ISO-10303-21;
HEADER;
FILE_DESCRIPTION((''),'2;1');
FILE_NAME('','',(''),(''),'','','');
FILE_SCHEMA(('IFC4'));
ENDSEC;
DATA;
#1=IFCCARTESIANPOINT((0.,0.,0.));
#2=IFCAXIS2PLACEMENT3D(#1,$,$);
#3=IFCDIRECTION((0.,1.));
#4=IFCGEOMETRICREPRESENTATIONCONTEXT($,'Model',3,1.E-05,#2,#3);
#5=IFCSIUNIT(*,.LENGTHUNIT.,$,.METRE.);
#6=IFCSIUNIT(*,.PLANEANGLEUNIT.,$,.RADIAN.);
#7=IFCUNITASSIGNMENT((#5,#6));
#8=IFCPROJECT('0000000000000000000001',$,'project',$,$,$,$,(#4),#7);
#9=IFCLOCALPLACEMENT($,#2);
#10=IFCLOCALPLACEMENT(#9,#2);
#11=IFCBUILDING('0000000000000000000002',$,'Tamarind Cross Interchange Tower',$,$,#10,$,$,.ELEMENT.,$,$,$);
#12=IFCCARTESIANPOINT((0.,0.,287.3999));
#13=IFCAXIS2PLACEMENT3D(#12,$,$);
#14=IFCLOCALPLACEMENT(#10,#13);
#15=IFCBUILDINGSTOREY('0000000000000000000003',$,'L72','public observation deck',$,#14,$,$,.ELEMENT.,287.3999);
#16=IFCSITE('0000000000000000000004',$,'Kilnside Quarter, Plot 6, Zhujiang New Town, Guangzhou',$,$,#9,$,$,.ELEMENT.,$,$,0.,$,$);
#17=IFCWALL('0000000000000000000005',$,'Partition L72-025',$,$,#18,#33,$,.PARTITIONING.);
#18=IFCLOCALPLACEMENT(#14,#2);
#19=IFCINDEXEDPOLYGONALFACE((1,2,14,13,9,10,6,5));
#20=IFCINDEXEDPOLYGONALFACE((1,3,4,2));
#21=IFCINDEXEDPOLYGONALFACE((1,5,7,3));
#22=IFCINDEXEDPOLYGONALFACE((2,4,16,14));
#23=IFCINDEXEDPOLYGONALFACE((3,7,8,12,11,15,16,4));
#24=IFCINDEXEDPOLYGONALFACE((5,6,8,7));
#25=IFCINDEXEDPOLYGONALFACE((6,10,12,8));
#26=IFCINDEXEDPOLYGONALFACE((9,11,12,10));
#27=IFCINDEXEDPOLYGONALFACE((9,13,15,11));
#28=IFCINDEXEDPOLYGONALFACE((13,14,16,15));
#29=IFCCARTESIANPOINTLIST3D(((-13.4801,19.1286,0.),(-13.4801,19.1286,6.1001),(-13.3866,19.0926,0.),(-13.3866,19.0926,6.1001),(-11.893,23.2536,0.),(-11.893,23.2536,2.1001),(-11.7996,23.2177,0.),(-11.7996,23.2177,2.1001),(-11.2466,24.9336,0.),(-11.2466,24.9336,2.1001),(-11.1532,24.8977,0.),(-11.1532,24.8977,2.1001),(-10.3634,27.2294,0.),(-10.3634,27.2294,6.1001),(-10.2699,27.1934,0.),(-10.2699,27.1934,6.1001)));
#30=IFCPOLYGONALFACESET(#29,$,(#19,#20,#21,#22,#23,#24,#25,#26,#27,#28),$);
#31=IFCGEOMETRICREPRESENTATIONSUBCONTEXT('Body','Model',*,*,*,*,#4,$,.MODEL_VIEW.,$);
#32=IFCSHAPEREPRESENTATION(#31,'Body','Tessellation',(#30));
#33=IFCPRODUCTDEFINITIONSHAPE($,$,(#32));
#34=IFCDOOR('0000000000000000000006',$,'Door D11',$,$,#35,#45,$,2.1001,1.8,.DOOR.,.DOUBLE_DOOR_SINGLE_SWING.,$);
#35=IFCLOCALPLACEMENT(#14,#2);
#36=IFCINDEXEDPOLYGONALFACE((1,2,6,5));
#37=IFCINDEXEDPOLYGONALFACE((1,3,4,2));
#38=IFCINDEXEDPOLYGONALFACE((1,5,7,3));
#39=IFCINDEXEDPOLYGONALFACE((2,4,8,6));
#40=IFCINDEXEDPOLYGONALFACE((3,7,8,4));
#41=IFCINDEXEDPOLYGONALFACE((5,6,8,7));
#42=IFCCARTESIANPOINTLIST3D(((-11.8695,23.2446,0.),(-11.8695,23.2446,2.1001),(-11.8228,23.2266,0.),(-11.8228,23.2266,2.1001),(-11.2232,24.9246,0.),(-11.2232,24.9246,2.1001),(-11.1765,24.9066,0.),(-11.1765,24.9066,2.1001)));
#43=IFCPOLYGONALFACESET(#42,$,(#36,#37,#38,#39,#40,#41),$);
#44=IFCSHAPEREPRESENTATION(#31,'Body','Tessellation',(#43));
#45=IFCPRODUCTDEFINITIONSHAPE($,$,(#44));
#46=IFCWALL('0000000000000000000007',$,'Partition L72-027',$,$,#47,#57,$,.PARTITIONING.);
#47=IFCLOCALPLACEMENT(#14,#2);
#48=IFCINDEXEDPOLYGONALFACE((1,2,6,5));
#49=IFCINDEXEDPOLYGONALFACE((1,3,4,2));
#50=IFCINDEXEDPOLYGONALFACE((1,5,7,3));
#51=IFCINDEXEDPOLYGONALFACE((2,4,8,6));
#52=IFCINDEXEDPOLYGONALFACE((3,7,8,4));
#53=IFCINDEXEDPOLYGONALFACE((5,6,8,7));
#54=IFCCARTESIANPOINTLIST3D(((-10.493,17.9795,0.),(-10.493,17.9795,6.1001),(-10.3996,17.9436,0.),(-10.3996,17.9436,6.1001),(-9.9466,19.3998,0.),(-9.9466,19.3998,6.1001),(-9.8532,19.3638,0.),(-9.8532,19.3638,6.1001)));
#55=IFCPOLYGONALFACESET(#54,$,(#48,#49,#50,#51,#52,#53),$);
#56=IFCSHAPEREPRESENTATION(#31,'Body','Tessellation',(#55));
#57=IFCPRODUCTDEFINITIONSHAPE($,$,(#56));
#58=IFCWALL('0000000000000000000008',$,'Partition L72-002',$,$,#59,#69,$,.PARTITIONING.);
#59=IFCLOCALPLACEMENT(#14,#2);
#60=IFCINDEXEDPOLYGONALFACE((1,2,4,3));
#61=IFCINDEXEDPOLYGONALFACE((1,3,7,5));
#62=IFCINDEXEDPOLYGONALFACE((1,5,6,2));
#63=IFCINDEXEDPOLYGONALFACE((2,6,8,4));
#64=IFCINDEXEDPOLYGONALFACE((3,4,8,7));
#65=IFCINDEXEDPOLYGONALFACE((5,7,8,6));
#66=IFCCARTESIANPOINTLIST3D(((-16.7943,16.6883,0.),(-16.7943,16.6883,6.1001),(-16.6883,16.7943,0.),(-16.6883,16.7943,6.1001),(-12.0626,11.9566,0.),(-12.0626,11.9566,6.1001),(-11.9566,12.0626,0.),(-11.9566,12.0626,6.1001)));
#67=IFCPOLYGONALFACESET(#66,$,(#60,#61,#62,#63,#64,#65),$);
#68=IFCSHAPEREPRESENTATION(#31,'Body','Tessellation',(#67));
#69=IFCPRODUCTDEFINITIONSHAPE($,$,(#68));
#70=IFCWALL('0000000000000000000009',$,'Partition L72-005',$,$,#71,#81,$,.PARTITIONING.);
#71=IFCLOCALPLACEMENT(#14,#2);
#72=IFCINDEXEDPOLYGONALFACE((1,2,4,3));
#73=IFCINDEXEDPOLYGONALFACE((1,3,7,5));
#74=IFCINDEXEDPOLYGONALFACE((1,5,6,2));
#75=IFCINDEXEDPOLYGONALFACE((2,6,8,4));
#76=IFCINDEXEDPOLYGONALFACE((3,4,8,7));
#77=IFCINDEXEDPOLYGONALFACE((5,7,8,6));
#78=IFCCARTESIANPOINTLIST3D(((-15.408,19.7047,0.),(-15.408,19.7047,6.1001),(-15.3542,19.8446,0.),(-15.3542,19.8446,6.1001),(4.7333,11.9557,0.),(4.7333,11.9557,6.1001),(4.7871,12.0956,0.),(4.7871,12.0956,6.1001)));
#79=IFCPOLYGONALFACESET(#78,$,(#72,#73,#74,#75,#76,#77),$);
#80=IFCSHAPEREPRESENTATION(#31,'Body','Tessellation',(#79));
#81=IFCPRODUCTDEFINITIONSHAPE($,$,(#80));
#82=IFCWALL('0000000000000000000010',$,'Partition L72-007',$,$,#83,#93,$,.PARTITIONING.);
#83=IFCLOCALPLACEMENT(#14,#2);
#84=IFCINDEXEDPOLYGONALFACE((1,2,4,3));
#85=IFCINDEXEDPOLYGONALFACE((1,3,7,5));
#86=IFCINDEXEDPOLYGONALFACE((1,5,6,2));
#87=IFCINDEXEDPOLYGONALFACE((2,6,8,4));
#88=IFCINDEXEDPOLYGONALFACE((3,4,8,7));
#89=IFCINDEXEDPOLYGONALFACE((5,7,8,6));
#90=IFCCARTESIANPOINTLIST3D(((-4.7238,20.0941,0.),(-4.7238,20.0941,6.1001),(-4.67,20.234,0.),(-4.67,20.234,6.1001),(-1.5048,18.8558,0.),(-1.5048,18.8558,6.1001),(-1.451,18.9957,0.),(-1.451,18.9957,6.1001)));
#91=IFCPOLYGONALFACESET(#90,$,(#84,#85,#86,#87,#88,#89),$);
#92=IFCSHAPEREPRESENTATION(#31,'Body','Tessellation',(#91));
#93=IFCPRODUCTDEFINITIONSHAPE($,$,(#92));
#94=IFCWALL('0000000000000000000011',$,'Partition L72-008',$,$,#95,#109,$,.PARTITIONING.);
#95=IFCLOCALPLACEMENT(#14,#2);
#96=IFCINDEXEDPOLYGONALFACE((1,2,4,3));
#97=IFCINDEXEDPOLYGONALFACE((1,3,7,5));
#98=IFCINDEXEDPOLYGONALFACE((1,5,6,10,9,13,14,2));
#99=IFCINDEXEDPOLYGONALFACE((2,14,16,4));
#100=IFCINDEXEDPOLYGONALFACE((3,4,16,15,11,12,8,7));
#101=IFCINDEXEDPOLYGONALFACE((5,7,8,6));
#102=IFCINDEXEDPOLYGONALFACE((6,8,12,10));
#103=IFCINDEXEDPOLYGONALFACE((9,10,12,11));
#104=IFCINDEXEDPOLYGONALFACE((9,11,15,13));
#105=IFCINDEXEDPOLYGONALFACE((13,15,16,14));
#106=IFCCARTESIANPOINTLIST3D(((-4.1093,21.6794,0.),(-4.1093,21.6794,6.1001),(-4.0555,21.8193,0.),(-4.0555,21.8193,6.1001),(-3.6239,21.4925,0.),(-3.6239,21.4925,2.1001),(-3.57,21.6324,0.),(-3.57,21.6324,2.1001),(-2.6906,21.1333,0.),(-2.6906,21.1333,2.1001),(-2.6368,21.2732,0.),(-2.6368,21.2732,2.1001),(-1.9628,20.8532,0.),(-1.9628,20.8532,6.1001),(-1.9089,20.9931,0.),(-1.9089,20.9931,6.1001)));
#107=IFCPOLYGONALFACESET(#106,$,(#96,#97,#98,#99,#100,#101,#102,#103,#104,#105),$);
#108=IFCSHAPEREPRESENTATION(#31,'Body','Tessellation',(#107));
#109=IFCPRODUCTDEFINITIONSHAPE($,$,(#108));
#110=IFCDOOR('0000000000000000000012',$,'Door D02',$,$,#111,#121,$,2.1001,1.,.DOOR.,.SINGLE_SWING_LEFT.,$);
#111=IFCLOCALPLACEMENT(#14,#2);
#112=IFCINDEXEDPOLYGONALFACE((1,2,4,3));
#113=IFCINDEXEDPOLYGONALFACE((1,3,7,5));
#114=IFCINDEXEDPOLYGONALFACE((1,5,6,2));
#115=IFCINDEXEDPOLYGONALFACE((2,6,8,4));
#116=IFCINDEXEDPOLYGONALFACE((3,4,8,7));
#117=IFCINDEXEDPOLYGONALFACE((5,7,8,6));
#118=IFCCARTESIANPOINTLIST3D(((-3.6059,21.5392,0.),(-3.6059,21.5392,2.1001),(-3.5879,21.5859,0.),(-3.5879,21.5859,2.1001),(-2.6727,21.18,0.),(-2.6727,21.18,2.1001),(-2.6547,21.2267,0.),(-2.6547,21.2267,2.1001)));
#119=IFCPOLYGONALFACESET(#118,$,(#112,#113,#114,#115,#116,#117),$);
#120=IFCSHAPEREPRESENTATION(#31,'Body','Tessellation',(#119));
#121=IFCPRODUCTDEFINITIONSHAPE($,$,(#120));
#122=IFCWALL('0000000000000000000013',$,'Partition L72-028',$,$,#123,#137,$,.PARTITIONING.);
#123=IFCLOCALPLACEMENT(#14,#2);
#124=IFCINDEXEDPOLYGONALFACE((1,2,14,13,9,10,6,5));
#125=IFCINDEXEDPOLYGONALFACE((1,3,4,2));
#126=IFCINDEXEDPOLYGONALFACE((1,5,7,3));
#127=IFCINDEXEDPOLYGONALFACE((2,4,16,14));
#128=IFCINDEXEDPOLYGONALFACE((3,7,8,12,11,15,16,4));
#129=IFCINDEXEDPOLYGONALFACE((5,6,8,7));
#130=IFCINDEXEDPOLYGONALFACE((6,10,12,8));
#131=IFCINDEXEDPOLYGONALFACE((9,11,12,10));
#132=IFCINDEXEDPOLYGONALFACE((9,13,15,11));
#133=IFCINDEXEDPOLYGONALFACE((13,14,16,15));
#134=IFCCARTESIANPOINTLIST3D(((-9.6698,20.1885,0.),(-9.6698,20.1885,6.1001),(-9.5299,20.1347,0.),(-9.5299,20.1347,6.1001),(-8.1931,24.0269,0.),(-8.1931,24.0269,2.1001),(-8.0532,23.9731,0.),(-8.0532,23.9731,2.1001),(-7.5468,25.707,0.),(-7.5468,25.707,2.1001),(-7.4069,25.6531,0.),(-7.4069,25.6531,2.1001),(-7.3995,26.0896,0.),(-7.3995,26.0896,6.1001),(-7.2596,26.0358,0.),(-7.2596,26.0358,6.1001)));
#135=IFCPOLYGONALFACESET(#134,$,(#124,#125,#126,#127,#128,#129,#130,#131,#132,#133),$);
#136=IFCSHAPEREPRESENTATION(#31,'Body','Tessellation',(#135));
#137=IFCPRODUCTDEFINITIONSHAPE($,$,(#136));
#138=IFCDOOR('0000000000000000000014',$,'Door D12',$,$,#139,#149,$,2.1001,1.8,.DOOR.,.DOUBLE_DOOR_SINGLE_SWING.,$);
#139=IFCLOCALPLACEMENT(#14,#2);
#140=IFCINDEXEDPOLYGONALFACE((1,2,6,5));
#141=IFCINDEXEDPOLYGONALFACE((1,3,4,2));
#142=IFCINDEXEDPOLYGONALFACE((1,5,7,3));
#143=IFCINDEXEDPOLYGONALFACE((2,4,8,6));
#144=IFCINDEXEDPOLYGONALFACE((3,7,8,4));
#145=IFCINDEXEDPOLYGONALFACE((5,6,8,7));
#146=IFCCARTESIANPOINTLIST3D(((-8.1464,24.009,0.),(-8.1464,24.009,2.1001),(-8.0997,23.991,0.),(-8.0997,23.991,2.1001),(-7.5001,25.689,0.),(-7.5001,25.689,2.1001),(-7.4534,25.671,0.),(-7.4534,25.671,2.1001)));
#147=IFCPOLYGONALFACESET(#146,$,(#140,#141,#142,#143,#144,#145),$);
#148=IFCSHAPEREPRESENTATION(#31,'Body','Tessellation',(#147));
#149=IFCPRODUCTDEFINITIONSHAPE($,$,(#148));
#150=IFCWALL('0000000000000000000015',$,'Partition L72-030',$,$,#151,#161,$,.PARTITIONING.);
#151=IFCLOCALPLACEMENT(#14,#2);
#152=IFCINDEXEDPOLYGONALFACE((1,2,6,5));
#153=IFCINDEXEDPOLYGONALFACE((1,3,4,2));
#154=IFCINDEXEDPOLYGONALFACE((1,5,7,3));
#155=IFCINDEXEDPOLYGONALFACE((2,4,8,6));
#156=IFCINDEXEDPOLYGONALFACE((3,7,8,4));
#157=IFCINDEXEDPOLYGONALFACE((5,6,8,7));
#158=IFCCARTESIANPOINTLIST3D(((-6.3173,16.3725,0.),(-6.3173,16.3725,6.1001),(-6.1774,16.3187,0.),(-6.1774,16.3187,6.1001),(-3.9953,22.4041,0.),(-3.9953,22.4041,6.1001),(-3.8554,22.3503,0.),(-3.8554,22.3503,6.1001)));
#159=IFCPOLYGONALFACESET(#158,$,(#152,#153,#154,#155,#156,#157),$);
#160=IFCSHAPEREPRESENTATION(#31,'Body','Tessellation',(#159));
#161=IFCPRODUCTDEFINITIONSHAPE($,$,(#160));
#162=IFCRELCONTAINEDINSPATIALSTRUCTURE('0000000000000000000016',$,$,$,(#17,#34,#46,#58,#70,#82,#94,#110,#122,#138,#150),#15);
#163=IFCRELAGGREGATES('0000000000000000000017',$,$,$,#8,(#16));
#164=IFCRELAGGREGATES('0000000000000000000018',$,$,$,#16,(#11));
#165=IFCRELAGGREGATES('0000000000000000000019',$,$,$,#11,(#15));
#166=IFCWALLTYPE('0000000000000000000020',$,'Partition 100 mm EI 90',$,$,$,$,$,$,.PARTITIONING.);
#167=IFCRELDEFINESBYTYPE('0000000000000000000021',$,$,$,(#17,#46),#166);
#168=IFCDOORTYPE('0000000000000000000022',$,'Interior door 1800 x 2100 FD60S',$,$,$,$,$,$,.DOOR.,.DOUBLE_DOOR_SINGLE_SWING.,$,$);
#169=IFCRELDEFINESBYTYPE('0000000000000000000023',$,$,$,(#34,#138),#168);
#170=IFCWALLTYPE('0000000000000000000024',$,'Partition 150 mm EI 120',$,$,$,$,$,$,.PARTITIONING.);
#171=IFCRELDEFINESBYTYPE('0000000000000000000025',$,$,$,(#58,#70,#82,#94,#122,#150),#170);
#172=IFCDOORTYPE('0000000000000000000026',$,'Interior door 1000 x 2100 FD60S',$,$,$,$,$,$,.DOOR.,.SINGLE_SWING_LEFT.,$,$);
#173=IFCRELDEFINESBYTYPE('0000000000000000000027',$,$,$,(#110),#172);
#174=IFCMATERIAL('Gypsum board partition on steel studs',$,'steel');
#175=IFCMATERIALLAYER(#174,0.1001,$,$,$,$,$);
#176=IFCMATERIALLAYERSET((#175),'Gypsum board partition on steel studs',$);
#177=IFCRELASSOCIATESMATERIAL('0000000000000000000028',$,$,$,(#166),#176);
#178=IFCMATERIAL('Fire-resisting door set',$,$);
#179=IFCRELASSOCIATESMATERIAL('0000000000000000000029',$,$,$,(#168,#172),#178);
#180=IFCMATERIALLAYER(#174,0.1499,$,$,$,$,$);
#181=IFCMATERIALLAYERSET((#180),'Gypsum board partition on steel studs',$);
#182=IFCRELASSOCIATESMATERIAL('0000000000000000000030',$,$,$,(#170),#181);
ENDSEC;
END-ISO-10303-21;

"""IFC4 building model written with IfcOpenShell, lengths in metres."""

from ifc_helpers import new_model, si_unit, direction, frame, frame_2d, origin, place, context, subcontext, project, spatial, rectangle, extrude, material, layer, layer_set, type_object, element, fill, save


model = new_model("IFC4")

# Units and contexts
model_context = context("Model", 3, precision=1e-05, world=origin(), true_north=direction((0.0, 1.0)))
body_context = subcontext(model_context, "Body", "Model", "MODEL_VIEW")
ifc_project = project(units=[si_unit("LENGTHUNIT", "METRE"), si_unit("PLANEANGLEUNIT", "RADIAN")], contexts=[model_context])

# Site, building, storey
site_placement = place(None, origin())
site = spatial("IfcSite", under=ifc_project, at=site_placement, Name="Kilnside Quarter, Plot 6, Zhujiang New Town, Guangzhou", CompositionType="ELEMENT", RefElevation=0.0)
building_placement = place(site_placement, origin())
building = spatial("IfcBuilding", under=site, at=building_placement, Name="Tamarind Cross Interchange Tower", CompositionType="ELEMENT")
storey_placement = place(building_placement, frame((0.0, 0.0, 287.3999)))
storey = spatial("IfcBuildingStorey", under=building, at=storey_placement, Name="L72", Description="public observation deck", CompositionType="ELEMENT", Elevation=287.3999)

# Wall, opening, door
ifc_material_1 = material(Name="Gypsum board partition on steel studs", Category="steel")
ifc_layer_1 = layer(ifc_material_1, 0.1001)
ifc_layer_set_1 = layer_set([ifc_layer_1], Name="Gypsum board partition on steel studs")
wall_type_1 = type_object("IfcWallType", Name="Partition 100 mm EI 90", PredefinedType="PARTITIONING", material=ifc_layer_set_1)
wall_1_placement = place(storey_placement, frame((-13.4333, 19.1106, 0.0), z_axis=(0.0, 0.0, 1.0), x_axis=(0.359079, 0.933307, 0.0)))
wall_1 = element("IfcWall", 1, at=wall_1_placement, inside=storey, type_object=wall_type_1, Name="Partition L72-025", PredefinedType="PARTITIONING", context=body_context, shape_type="SweptSolid", body=[
    extrude(rectangle(XDim=8.6797, YDim=0.1001, at=frame_2d((4.3398, 0.0))), origin(), (0.0, 0.0, 1.0), 6.1001),
])
opening_1_placement = place(wall_1_placement, frame((4.4199, 0.0, 0.0)))
opening_1 = element("IfcOpeningElement", 2, at=opening_1_placement, cuts=wall_1, PredefinedType="OPENING", context=body_context, shape_type="SweptSolid", body=[
    extrude(rectangle(XDim=1.8, YDim=2.1001, at=frame_2d((0.8999, 1.05))), frame((0.0, 0.0601, 0.0), z_axis=(0.0, -1.0, 0.0), x_axis=(1.0, 0.0, 0.0)), (0.0, 0.0, 1.0), 0.1201),
])
ifc_material_2 = material(Name="Fire-resisting door set")
door_type_1 = type_object("IfcDoorType", Name="Interior door 1800 x 2100 FD60S", OperationType="DOUBLE_DOOR_SINGLE_SWING", PredefinedType="DOOR", material=ifc_material_2)
door_1_placement = place(opening_1_placement, origin())
door_1 = element("IfcDoor", 3, at=door_1_placement, inside=storey, type_object=door_type_1, Name="Door D11", OperationType="DOUBLE_DOOR_SINGLE_SWING", OverallHeight=2.1001, OverallWidth=1.8, PredefinedType="DOOR", context=body_context, shape_type="SweptSolid", body=[
    extrude(rectangle(XDim=1.8, YDim=2.1001, at=frame_2d((0.8999, 1.05))), frame((0.0, 0.0249, 0.0), z_axis=(0.0, -1.0, 0.0), x_axis=(1.0, 0.0, 0.0)), (0.0, 0.0, 1.0), 0.05),
])
fill(opening_1, door_1)

# Walls
wall_2_placement = place(storey_placement, frame((-10.4463, 17.9617, 0.0), z_axis=(0.0, 0.0, 1.0), x_axis=(0.359076, 0.933308, 0.0)))
element("IfcWall", 4, at=wall_2_placement, inside=storey, type_object=wall_type_1, Name="Partition L72-027", PredefinedType="PARTITIONING", context=body_context, shape_type="SweptSolid", body=[
    extrude(rectangle(XDim=1.5217, YDim=0.1001, at=frame_2d((0.7607, 0.0))), origin(), (0.0, 0.0, 1.0), 6.1001),
])
ifc_layer_2 = layer(ifc_material_1, 0.1499)
ifc_layer_set_2 = layer_set([ifc_layer_2], Name="Gypsum board partition on steel studs")
wall_type_2 = type_object("IfcWallType", Name="Partition 150 mm EI 120", PredefinedType="PARTITIONING", material=ifc_layer_set_2)
wall_3_placement = place(storey_placement, frame((-16.7412, 16.7412, 0.0), z_axis=(0.0, 0.0, 1.0), x_axis=(0.707107, -0.707107, 0.0)))
element("IfcWall", 5, at=wall_3_placement, inside=storey, type_object=wall_type_2, Name="Partition L72-002", PredefinedType="PARTITIONING", context=body_context, shape_type="SweptSolid", body=[
    extrude(rectangle(XDim=6.6917, YDim=0.1499, at=frame_2d((3.3457, 0.0))), origin(), (0.0, 0.0, 1.0), 6.1001),
])
wall_4_placement = place(storey_placement, frame((-15.3811, 19.7747, 0.0), z_axis=(0.0, 0.0, 1.0), x_axis=(0.933309, -0.359074, 0.0)))
element("IfcWall", 6, at=wall_4_placement, inside=storey, type_object=wall_type_2, Name="Partition L72-005", PredefinedType="PARTITIONING", context=body_context, shape_type="SweptSolid", body=[
    extrude(rectangle(XDim=21.5806, YDim=0.1499, at=frame_2d((10.7903, 0.0))), origin(), (0.0, 0.0, 1.0), 6.1001),
])
wall_5_placement = place(storey_placement, frame((-4.697, 20.1641, 0.0), z_axis=(0.0, 0.0, 1.0), x_axis=(0.933326, -0.359031, 0.0)))
element("IfcWall", 7, at=wall_5_placement, inside=storey, type_object=wall_type_2, Name="Partition L72-007", PredefinedType="PARTITIONING", context=body_context, shape_type="SweptSolid", body=[
    extrude(rectangle(XDim=3.449, YDim=0.1499, at=frame_2d((1.7246, 0.0))), origin(), (0.0, 0.0, 1.0), 6.1001),
])

# Walls, openings, doors
wall_6_placement = place(storey_placement, frame((-4.0823, 21.7493, 0.0), z_axis=(0.0, 0.0, 1.0), x_axis=(0.933258, -0.359207, 0.0)))
wall_6 = element("IfcWall", 8, at=wall_6_placement, inside=storey, type_object=wall_type_2, Name="Partition L72-008", PredefinedType="PARTITIONING", context=body_context, shape_type="SweptSolid", body=[
    extrude(rectangle(XDim=2.3, YDim=0.1499, at=frame_2d((1.1499, 0.0))), origin(), (0.0, 0.0, 1.0), 6.1001),
])
opening_2_placement = place(wall_6_placement, frame((0.52, 0.0, 0.0)))
opening_2 = element("IfcOpeningElement", 9, at=opening_2_placement, cuts=wall_6, PredefinedType="OPENING", context=body_context, shape_type="SweptSolid", body=[
    extrude(rectangle(XDim=1.0, YDim=2.1001, at=frame_2d((0.5, 1.05))), frame((0.0, 0.085, 0.0), z_axis=(0.0, -1.0, 0.0), x_axis=(1.0, 0.0, 0.0)), (0.0, 0.0, 1.0), 0.1699),
])
door_type_2 = type_object("IfcDoorType", Name="Interior door 1000 x 2100 FD60S", OperationType="SINGLE_SWING_LEFT", PredefinedType="DOOR", material=ifc_material_2)
door_2_placement = place(opening_2_placement, frame((1.0, 0.0, 0.0), z_axis=(0.0, 0.0, 1.0), x_axis=(-1.0, 0.0, 0.0)))
door_2 = element("IfcDoor", 10, at=door_2_placement, inside=storey, type_object=door_type_2, Name="Door D02", OperationType="SINGLE_SWING_LEFT", OverallHeight=2.1001, OverallWidth=1.0, PredefinedType="DOOR", context=body_context, shape_type="SweptSolid", body=[
    extrude(rectangle(XDim=1.0, YDim=2.1001, at=frame_2d((0.5, 1.05))), frame((0.0, 0.0249, 0.0), z_axis=(0.0, -1.0, 0.0), x_axis=(1.0, 0.0, 0.0)), (0.0, 0.0, 1.0), 0.05),
])
fill(opening_2, door_2)
wall_7_placement = place(storey_placement, frame((-9.5999, 20.1616, 0.0), z_axis=(0.0, 0.0, 1.0), x_axis=(0.359062, 0.933314, 0.0)))
wall_7 = element("IfcWall", 11, at=wall_7_placement, inside=storey, type_object=wall_type_2, Name="Partition L72-028", PredefinedType="PARTITIONING", context=body_context, shape_type="SweptSolid", body=[
    extrude(rectangle(XDim=6.3228, YDim=0.1499, at=frame_2d((3.1614, 0.0))), origin(), (0.0, 0.0, 1.0), 6.1001),
])
opening_3_placement = place(wall_7_placement, frame((4.1128, 0.0, 0.0)))
opening_3 = element("IfcOpeningElement", 12, at=opening_3_placement, cuts=wall_7, PredefinedType="OPENING", context=body_context, shape_type="SweptSolid", body=[
    extrude(rectangle(XDim=1.8, YDim=2.1001, at=frame_2d((0.8999, 1.05))), frame((0.0, 0.085, 0.0), z_axis=(0.0, -1.0, 0.0), x_axis=(1.0, 0.0, 0.0)), (0.0, 0.0, 1.0), 0.1699),
])
door_3_placement = place(opening_3_placement, origin())
door_3 = element("IfcDoor", 13, at=door_3_placement, inside=storey, type_object=door_type_1, Name="Door D12", OperationType="DOUBLE_DOOR_SINGLE_SWING", OverallHeight=2.1001, OverallWidth=1.8, PredefinedType="DOOR", context=body_context, shape_type="SweptSolid", body=[
    extrude(rectangle(XDim=1.8, YDim=2.1001, at=frame_2d((0.8999, 1.05))), frame((0.0, 0.0249, 0.0), z_axis=(0.0, -1.0, 0.0), x_axis=(1.0, 0.0, 0.0)), (0.0, 0.0, 1.0), 0.05),
])
fill(opening_3, door_3)

# Wall
wall_8_placement = place(storey_placement, frame((-6.2473, 16.3457, 0.0), z_axis=(0.0, 0.0, 1.0), x_axis=(0.359265, 0.933236, 0.0)))
element("IfcWall", 14, at=wall_8_placement, inside=storey, type_object=wall_type_2, Name="Partition L72-030", PredefinedType="PARTITIONING", context=body_context, shape_type="SweptSolid", body=[
    extrude(rectangle(XDim=6.4631, YDim=0.1499, at=frame_2d((3.2314, 0.0))), origin(), (0.0, 0.0, 1.0), 6.1001),
])

save(model, "model.ifc")
